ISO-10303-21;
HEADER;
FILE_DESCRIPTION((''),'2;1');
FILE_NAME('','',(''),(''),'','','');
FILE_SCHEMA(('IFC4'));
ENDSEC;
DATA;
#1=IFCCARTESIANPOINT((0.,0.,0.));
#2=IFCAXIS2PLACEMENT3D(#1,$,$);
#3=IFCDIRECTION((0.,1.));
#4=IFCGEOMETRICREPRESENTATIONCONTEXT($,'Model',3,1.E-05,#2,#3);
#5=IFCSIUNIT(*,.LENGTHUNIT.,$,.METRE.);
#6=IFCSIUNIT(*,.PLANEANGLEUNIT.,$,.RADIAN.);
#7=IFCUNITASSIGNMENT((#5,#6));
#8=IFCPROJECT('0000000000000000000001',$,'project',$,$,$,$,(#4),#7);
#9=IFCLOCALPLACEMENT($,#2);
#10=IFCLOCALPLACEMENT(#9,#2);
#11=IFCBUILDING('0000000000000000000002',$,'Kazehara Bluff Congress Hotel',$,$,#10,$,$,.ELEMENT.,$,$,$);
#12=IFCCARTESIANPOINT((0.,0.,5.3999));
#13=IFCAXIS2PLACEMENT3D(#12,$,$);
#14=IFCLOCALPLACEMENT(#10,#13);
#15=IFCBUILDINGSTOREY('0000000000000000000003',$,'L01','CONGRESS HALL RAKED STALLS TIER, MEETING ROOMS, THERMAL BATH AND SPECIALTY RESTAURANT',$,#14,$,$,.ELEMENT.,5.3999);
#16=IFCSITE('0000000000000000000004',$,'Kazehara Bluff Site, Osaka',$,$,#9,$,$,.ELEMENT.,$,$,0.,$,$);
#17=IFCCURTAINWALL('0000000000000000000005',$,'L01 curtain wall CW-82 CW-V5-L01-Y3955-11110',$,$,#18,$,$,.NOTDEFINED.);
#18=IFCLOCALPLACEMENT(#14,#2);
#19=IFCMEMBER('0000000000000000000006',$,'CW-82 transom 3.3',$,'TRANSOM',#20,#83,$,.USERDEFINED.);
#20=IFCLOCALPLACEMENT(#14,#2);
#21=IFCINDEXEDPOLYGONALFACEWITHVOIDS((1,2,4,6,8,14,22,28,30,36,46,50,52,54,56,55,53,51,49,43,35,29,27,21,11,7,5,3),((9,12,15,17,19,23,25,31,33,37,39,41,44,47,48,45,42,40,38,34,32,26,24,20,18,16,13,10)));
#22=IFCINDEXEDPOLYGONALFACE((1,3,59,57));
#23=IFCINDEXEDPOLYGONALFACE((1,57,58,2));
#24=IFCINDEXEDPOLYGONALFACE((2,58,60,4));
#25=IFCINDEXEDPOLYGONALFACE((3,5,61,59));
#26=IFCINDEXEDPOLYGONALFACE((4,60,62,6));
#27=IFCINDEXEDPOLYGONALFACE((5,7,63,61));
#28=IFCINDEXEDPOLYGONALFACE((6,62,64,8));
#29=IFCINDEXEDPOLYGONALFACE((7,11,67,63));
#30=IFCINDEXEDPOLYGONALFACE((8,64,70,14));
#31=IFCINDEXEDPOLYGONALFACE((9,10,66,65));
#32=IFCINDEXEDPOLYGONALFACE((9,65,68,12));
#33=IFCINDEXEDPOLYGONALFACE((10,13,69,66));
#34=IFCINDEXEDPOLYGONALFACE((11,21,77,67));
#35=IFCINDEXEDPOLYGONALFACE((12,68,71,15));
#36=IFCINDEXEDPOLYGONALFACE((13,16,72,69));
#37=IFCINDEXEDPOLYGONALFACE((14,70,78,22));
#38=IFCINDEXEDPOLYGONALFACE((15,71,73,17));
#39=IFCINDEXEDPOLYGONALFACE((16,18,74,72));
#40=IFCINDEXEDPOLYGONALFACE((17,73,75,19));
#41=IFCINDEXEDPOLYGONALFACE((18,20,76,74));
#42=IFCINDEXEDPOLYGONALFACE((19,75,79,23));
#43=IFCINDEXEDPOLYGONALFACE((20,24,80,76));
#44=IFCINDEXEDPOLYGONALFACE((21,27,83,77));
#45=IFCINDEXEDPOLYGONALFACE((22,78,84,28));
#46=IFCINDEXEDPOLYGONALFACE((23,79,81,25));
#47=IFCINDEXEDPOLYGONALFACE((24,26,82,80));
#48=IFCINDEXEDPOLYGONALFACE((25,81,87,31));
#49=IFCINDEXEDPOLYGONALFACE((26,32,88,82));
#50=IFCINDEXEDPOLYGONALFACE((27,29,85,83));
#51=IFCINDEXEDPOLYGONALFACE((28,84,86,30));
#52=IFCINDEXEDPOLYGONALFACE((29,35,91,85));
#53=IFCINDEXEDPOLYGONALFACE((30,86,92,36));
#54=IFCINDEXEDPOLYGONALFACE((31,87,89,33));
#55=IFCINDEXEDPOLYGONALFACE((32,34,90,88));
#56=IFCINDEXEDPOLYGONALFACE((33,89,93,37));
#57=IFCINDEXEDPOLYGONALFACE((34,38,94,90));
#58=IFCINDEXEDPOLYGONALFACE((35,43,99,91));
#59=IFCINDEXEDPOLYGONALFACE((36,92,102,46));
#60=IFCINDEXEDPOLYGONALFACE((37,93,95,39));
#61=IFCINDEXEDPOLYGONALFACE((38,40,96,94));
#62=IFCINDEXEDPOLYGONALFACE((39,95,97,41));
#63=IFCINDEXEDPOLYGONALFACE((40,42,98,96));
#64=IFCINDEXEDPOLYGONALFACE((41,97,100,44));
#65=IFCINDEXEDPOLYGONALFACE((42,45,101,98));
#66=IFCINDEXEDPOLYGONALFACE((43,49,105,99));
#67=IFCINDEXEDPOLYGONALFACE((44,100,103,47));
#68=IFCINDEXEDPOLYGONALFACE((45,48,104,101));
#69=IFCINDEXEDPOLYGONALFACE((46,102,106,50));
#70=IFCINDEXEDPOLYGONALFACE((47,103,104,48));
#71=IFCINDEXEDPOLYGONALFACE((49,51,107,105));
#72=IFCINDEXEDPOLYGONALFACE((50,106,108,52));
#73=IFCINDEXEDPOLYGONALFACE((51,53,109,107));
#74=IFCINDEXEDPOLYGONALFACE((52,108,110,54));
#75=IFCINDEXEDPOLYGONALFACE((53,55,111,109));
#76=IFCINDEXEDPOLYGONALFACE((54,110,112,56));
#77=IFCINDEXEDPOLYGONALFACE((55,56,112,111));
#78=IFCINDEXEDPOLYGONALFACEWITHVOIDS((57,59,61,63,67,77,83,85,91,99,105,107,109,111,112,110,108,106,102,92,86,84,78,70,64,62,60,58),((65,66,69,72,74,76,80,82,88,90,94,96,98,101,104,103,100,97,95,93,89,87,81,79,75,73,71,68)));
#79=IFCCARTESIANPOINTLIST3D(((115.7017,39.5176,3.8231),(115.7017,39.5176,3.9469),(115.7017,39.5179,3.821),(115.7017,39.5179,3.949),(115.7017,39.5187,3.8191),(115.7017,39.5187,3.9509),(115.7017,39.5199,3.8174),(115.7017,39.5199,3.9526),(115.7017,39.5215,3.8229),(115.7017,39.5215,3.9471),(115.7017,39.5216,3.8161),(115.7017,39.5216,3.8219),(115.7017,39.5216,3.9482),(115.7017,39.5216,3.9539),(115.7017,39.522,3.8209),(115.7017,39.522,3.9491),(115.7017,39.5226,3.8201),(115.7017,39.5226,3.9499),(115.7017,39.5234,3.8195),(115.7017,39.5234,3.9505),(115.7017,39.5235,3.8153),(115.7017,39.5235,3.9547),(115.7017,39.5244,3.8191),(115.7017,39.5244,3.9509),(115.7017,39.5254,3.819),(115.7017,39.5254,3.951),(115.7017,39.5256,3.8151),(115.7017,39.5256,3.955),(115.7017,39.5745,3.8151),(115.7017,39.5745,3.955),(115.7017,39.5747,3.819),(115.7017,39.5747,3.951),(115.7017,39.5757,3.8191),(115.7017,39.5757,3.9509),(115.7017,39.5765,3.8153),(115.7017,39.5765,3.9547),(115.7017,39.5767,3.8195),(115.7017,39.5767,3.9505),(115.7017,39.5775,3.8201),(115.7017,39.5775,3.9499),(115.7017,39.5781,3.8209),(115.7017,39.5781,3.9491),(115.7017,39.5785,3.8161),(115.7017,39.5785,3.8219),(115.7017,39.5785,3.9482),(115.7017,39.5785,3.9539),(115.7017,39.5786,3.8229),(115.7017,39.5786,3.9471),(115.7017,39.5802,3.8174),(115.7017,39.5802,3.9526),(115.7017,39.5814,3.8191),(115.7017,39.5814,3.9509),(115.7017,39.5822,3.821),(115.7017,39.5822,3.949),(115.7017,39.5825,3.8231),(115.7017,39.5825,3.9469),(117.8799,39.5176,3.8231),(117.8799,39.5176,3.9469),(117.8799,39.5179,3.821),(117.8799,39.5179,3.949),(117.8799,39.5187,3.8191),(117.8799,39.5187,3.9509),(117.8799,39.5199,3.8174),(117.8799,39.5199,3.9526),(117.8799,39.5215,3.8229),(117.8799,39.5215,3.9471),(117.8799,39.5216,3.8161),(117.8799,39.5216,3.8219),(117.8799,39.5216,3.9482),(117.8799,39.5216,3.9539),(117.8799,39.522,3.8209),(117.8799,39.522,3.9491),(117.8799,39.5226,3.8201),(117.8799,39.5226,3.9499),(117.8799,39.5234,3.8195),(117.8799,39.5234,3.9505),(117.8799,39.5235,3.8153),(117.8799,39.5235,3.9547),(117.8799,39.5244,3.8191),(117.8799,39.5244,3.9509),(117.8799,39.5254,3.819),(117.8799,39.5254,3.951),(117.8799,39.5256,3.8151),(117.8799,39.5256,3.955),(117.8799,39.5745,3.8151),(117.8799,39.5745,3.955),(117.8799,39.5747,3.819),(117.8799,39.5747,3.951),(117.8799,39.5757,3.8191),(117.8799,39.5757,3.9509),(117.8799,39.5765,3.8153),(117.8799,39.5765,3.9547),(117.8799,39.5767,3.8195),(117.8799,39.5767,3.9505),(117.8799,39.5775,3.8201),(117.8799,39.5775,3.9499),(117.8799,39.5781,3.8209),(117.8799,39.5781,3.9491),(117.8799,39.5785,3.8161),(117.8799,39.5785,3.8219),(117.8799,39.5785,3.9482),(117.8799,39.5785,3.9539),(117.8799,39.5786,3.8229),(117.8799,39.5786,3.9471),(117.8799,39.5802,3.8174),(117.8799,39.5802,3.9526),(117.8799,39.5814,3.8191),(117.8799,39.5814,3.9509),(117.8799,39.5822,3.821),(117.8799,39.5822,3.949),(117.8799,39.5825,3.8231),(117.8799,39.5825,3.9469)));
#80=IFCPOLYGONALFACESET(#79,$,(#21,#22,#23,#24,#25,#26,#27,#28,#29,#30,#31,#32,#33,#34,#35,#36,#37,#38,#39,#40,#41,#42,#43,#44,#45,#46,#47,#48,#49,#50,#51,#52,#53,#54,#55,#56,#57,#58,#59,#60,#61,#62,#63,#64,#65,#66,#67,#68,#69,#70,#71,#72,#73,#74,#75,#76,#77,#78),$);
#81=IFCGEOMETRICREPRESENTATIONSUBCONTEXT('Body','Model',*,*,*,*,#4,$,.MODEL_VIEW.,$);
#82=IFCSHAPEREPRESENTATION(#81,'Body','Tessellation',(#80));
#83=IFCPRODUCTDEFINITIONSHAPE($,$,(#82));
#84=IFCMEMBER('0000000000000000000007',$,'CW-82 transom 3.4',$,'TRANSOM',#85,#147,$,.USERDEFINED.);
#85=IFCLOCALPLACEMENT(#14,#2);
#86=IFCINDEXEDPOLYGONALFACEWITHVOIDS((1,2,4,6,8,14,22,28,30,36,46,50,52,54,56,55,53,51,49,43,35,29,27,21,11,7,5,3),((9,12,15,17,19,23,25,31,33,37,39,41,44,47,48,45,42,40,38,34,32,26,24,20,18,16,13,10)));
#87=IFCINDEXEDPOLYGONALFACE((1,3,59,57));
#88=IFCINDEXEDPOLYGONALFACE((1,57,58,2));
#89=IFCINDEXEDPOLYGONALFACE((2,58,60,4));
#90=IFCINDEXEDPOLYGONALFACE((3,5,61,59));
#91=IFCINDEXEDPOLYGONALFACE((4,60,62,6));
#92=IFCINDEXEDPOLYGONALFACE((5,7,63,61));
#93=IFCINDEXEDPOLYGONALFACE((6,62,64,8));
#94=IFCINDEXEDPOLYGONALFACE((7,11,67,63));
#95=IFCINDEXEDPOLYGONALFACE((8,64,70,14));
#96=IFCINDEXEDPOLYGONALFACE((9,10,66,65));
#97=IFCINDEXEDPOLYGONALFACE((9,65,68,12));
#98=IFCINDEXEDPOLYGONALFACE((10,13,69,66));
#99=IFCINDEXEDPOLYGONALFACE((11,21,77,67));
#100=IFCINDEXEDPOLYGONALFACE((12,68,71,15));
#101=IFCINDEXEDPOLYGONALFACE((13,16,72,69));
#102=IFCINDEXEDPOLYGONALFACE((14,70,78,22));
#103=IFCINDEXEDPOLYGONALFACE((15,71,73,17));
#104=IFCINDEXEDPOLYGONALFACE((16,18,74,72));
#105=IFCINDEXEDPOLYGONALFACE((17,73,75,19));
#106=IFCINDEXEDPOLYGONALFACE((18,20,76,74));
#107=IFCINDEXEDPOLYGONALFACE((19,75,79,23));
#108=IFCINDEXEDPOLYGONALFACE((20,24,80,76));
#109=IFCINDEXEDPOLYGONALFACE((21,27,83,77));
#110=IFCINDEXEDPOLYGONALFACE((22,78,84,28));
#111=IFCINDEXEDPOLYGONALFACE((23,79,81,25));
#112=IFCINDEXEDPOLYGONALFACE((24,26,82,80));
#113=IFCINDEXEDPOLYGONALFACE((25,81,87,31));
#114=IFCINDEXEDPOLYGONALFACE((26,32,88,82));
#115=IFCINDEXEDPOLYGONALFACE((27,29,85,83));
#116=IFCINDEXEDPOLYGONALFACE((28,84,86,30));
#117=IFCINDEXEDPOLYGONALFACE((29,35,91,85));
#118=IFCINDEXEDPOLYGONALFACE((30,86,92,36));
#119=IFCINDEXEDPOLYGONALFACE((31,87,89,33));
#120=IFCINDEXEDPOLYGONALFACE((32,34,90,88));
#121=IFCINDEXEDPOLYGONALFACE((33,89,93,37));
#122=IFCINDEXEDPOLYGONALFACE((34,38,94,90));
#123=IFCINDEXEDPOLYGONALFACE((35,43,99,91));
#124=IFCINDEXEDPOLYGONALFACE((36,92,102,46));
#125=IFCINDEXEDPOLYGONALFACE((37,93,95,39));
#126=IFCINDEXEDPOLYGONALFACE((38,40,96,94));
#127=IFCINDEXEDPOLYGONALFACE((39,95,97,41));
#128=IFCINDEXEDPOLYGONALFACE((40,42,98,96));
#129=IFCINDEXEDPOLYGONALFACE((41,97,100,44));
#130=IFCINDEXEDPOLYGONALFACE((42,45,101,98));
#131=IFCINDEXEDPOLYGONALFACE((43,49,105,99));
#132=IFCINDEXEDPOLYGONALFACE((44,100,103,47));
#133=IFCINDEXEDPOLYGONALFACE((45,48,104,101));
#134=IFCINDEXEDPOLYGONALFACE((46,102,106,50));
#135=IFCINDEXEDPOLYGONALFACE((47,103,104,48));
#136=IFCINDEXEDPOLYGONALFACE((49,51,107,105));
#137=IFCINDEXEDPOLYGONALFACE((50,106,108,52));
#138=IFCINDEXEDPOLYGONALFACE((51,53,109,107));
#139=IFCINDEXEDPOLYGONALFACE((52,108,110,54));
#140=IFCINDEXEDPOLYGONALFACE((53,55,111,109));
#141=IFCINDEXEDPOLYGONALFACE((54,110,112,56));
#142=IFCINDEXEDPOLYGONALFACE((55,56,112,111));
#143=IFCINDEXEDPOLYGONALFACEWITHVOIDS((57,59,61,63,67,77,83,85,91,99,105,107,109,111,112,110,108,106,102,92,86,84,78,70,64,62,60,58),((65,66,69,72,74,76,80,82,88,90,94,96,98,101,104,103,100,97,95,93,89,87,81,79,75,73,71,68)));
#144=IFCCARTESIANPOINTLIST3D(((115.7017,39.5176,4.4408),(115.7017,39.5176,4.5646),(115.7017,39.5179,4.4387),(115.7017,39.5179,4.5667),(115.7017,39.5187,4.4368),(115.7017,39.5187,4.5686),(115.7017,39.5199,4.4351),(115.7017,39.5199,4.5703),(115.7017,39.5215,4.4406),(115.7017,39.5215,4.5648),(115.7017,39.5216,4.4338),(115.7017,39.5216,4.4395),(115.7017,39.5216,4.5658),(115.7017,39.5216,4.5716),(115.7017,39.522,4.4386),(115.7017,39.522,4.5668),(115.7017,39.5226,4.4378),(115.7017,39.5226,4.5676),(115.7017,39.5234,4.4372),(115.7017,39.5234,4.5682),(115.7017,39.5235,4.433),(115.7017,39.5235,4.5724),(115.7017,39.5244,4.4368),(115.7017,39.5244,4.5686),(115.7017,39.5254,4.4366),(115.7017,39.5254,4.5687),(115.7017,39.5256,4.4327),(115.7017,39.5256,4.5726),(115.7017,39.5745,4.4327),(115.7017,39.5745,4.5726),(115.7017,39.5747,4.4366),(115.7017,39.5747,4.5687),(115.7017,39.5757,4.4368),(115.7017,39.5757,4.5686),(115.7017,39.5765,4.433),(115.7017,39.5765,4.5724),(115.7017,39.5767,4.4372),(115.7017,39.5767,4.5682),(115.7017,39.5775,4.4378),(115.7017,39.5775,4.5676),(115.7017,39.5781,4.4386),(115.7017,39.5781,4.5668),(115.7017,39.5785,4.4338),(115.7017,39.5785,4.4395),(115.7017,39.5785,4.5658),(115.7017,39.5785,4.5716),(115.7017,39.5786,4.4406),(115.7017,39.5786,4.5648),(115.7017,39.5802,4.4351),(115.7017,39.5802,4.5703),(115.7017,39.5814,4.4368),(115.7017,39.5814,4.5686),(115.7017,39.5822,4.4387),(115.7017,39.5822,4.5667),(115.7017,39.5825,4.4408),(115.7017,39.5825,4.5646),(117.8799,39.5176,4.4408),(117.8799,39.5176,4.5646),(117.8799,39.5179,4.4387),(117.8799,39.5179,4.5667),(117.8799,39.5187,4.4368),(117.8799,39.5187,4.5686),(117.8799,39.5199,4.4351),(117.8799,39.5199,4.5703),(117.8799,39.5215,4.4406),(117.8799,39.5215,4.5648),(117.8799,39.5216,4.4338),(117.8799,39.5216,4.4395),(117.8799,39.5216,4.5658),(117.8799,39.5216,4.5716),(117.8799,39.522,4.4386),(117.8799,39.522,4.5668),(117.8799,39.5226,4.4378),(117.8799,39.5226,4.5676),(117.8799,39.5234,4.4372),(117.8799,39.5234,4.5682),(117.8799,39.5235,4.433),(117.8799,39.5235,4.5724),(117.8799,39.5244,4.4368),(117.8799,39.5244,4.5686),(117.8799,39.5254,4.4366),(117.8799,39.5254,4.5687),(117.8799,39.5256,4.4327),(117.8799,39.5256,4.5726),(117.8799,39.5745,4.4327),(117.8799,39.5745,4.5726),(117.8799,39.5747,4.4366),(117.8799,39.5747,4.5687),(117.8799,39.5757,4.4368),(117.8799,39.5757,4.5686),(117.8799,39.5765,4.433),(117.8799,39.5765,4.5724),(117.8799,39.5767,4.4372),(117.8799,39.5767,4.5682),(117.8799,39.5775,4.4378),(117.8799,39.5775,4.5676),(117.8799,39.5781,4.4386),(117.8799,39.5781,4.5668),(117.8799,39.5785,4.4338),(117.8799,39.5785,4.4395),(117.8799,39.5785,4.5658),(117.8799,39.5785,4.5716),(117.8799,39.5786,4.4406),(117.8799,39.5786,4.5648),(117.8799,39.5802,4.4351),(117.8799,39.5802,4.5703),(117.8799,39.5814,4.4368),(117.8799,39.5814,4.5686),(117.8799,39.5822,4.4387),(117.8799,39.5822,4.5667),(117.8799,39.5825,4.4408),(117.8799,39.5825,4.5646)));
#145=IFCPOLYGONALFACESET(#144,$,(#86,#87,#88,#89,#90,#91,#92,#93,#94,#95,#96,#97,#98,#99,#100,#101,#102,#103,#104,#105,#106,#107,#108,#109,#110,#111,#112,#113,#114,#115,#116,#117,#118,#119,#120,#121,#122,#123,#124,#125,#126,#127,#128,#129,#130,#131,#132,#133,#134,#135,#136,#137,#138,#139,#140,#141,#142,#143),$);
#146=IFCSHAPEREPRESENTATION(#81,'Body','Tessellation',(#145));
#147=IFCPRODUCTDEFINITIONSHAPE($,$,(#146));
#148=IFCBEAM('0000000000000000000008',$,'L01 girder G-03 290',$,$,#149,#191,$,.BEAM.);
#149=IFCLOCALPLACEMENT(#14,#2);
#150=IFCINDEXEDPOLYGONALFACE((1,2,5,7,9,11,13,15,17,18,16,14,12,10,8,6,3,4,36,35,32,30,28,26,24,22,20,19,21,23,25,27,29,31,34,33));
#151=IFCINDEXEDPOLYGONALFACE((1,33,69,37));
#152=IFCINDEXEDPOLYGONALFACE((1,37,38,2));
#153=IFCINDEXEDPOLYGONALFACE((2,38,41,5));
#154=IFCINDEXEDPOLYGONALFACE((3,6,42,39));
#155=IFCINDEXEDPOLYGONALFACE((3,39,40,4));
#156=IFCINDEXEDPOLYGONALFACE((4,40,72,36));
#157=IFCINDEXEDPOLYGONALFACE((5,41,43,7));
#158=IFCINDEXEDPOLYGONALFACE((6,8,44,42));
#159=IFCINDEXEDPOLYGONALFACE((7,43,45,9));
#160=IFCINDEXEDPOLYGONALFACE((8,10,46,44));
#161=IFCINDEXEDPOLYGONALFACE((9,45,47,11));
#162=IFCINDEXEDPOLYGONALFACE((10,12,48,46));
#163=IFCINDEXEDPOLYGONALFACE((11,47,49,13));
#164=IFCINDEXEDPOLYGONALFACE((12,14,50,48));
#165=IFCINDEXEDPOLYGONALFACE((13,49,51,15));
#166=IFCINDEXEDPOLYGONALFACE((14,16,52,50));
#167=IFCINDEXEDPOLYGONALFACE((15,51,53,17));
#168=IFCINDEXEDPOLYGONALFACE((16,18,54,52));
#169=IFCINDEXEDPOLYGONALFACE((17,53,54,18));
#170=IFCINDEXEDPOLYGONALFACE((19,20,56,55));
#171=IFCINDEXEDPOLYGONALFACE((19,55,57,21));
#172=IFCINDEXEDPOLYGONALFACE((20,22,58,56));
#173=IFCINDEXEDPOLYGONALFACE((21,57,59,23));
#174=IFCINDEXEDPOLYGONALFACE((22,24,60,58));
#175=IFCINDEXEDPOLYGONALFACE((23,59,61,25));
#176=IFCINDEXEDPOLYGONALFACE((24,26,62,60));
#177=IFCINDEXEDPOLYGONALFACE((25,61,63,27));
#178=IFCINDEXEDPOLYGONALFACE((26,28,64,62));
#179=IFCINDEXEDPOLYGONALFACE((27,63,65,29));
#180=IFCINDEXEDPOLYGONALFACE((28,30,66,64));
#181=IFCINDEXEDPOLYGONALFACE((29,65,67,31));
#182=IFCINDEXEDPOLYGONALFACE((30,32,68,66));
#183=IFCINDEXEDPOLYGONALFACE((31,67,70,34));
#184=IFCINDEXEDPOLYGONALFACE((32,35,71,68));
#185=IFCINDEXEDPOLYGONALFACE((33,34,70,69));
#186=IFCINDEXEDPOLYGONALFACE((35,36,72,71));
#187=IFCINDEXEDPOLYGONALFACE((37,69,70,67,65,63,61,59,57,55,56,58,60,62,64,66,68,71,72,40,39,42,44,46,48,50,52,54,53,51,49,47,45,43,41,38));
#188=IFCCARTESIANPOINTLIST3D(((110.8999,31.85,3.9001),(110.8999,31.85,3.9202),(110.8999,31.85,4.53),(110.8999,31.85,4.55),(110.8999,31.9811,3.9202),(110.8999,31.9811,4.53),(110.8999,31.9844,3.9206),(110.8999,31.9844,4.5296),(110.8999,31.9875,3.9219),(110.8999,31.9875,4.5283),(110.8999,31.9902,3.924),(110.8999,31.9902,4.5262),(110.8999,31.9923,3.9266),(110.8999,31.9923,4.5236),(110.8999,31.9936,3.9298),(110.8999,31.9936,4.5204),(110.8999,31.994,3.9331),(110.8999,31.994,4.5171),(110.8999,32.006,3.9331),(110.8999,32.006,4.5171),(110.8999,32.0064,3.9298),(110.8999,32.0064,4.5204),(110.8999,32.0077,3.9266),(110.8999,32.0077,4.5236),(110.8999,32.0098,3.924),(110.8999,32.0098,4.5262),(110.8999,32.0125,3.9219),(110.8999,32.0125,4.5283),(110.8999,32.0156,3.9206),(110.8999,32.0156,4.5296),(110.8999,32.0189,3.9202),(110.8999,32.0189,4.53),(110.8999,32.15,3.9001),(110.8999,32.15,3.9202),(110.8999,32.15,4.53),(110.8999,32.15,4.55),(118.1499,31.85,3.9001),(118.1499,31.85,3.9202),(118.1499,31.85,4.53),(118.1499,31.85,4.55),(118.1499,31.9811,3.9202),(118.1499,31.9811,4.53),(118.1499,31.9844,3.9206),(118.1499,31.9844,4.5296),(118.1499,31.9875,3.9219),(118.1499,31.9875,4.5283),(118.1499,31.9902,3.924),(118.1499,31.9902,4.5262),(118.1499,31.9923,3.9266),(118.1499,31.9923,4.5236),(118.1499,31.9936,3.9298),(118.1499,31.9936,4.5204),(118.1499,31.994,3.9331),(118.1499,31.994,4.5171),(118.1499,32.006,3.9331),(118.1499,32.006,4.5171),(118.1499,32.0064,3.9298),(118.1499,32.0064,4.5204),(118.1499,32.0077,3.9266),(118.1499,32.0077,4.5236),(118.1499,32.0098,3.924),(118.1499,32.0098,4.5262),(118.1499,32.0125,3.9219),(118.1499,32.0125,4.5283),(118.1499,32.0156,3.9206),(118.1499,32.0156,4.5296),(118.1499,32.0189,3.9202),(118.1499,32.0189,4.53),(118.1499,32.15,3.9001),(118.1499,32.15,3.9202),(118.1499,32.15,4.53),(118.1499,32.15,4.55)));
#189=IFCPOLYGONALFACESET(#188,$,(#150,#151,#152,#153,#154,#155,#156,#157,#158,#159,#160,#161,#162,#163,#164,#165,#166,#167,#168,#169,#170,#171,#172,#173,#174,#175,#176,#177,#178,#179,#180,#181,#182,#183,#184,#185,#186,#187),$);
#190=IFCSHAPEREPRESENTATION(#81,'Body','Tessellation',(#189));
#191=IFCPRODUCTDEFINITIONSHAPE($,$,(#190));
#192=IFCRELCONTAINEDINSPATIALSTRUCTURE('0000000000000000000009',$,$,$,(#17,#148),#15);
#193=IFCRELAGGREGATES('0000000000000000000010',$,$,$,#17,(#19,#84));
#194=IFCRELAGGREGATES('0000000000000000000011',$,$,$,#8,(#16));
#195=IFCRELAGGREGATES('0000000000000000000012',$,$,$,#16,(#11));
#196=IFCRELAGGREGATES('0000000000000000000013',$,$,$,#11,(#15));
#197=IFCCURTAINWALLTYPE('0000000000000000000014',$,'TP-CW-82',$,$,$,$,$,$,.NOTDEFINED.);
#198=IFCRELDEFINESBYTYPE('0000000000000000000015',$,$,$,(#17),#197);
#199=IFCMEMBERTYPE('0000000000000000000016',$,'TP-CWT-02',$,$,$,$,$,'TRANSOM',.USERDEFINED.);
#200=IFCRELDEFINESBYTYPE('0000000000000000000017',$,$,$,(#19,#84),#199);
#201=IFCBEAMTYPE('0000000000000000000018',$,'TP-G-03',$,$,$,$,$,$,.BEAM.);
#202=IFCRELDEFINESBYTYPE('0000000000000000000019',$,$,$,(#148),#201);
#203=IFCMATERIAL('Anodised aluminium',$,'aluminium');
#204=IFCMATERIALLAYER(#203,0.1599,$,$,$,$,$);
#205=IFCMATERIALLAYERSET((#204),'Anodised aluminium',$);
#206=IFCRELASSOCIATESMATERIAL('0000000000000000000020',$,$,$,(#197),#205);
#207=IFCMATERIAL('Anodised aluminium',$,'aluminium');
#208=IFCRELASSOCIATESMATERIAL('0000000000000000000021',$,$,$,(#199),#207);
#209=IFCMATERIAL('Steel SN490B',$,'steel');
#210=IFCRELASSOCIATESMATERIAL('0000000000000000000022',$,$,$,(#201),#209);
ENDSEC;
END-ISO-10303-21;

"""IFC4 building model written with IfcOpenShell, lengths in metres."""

from ifc_helpers import new_model, si_unit, direction, frame, origin, origin_2d, place, context, subcontext, project, spatial, hollow_rectangle, i_section, extrude, material, layer, layer_set, material_profile, profile_set, type_object, element, aggregate, save


model = new_model("IFC4")

# Units and contexts
model_context = context("Model", 3, precision=1e-05, world=origin(), true_north=direction((0.0, 1.0)))
body_context = subcontext(model_context, "Body", "Model", "MODEL_VIEW")
ifc_project = project(units=[si_unit("LENGTHUNIT", "METRE"), si_unit("PLANEANGLEUNIT", "RADIAN")], contexts=[model_context])

# Site, building, storey
site_placement = place(None, origin())
site = spatial("IfcSite", under=ifc_project, at=site_placement, Name="Kazehara Bluff Site, Osaka", CompositionType="ELEMENT", RefElevation=0.0)
building_placement = place(site_placement, origin())
building = spatial("IfcBuilding", under=site, at=building_placement, Name="Kazehara Bluff Congress Hotel", CompositionType="ELEMENT")
storey_placement = place(building_placement, frame((0.0, 0.0, 5.3999)))
storey = spatial("IfcBuildingStorey", under=building, at=storey_placement, Name="L01", Description="CONGRESS HALL RAKED STALLS TIER, MEETING ROOMS, THERMAL BATH AND SPECIALTY RESTAURANT", CompositionType="ELEMENT", Elevation=5.3999)

# Curtain wall, members
ifc_material_1 = material(Name="Anodised aluminium", Category="aluminium")
ifc_layer_1 = layer(ifc_material_1, 0.1599)
ifc_layer_set_1 = layer_set([ifc_layer_1], Name="Anodised aluminium")
curtain_wall_type = type_object("IfcCurtainWallType", Name="TP-CW-82", PredefinedType="NOTDEFINED", material=ifc_layer_set_1)
curtain_wall_placement = place(storey_placement, origin())
curtain_wall = element("IfcCurtainWall", 1, at=curtain_wall_placement, inside=storey, type_object=curtain_wall_type, Name="L01 curtain wall CW-82 CW-V5-L01-Y3955-11110", PredefinedType="NOTDEFINED")
ifc_material_2 = material(Name="Anodised aluminium", Category="aluminium")
ifc_material_profile_1 = material_profile(ifc_material_2, hollow_rectangle(XDim=0.0649, YDim=0.1399, WallThickness=0.0039, InnerFilletRadius=0.0039, OuterFilletRadius=0.0081, at=origin_2d()))
ifc_profile_set_1 = profile_set([ifc_material_profile_1], Name="Anodised aluminium")
member_type_1 = type_object("IfcMemberType", Name="TP-CWT-02", ElementType="TRANSOM", PredefinedType="USERDEFINED", material=ifc_profile_set_1)
member_1_placement = place(storey_placement, frame((115.7017, 39.55, 3.885), z_axis=(1.0, 0.0, 0.0), x_axis=(0.0, 1.0, 0.0)))
member_1 = element("IfcMember", 2, at=member_1_placement, type_object=member_type_1, Name="CW-82 transom 3.3", ObjectType="TRANSOM", PredefinedType="USERDEFINED", context=body_context, shape_type="SweptSolid", body=[
    extrude(hollow_rectangle(XDim=0.0649, YDim=0.1399, WallThickness=0.0039, InnerFilletRadius=0.0039, OuterFilletRadius=0.0081, at=origin_2d()), origin(), (0.0, 0.0, 1.0), 2.1782),
])
member_2_placement = place(storey_placement, frame((115.7017, 39.55, 4.5027), z_axis=(1.0, 0.0, 0.0), x_axis=(0.0, 1.0, 0.0)))
member_2 = element("IfcMember", 3, at=member_2_placement, type_object=member_type_1, Name="CW-82 transom 3.4", ObjectType="TRANSOM", PredefinedType="USERDEFINED", context=body_context, shape_type="SweptSolid", body=[
    extrude(hollow_rectangle(XDim=0.0649, YDim=0.1399, WallThickness=0.0039, InnerFilletRadius=0.0039, OuterFilletRadius=0.0081, at=origin_2d()), origin(), (0.0, 0.0, 1.0), 2.1782),
])

# Beam
ifc_material_3 = material(Name="Steel SN490B", Category="steel")
ifc_material_profile_2 = material_profile(ifc_material_3, i_section(OverallWidth=0.3, OverallDepth=0.6499, WebThickness=0.012, FlangeThickness=0.02, FilletRadius=0.0129, at=origin_2d()))
ifc_profile_set_2 = profile_set([ifc_material_profile_2], Name="Steel SN490B")
beam_type_1 = type_object("IfcBeamType", Name="TP-G-03", PredefinedType="BEAM", material=ifc_profile_set_2)
beam_1_placement = place(storey_placement, frame((110.8999, 32.0, 4.2251), z_axis=(1.0, 0.0, 0.0), x_axis=(0.0, 1.0, 0.0)))
element("IfcBeam", 4, at=beam_1_placement, inside=storey, type_object=beam_type_1, Name="L01 girder G-03 290", PredefinedType="BEAM", context=body_context, shape_type="SweptSolid", body=[
    extrude(i_section(OverallWidth=0.3, OverallDepth=0.6499, WebThickness=0.012, FlangeThickness=0.02, FilletRadius=0.0129, at=origin_2d()), origin(), (0.0, 0.0, 1.0), 7.25),
])

aggregate(curtain_wall, [member_1, member_2])

save(model, "model.ifc")
